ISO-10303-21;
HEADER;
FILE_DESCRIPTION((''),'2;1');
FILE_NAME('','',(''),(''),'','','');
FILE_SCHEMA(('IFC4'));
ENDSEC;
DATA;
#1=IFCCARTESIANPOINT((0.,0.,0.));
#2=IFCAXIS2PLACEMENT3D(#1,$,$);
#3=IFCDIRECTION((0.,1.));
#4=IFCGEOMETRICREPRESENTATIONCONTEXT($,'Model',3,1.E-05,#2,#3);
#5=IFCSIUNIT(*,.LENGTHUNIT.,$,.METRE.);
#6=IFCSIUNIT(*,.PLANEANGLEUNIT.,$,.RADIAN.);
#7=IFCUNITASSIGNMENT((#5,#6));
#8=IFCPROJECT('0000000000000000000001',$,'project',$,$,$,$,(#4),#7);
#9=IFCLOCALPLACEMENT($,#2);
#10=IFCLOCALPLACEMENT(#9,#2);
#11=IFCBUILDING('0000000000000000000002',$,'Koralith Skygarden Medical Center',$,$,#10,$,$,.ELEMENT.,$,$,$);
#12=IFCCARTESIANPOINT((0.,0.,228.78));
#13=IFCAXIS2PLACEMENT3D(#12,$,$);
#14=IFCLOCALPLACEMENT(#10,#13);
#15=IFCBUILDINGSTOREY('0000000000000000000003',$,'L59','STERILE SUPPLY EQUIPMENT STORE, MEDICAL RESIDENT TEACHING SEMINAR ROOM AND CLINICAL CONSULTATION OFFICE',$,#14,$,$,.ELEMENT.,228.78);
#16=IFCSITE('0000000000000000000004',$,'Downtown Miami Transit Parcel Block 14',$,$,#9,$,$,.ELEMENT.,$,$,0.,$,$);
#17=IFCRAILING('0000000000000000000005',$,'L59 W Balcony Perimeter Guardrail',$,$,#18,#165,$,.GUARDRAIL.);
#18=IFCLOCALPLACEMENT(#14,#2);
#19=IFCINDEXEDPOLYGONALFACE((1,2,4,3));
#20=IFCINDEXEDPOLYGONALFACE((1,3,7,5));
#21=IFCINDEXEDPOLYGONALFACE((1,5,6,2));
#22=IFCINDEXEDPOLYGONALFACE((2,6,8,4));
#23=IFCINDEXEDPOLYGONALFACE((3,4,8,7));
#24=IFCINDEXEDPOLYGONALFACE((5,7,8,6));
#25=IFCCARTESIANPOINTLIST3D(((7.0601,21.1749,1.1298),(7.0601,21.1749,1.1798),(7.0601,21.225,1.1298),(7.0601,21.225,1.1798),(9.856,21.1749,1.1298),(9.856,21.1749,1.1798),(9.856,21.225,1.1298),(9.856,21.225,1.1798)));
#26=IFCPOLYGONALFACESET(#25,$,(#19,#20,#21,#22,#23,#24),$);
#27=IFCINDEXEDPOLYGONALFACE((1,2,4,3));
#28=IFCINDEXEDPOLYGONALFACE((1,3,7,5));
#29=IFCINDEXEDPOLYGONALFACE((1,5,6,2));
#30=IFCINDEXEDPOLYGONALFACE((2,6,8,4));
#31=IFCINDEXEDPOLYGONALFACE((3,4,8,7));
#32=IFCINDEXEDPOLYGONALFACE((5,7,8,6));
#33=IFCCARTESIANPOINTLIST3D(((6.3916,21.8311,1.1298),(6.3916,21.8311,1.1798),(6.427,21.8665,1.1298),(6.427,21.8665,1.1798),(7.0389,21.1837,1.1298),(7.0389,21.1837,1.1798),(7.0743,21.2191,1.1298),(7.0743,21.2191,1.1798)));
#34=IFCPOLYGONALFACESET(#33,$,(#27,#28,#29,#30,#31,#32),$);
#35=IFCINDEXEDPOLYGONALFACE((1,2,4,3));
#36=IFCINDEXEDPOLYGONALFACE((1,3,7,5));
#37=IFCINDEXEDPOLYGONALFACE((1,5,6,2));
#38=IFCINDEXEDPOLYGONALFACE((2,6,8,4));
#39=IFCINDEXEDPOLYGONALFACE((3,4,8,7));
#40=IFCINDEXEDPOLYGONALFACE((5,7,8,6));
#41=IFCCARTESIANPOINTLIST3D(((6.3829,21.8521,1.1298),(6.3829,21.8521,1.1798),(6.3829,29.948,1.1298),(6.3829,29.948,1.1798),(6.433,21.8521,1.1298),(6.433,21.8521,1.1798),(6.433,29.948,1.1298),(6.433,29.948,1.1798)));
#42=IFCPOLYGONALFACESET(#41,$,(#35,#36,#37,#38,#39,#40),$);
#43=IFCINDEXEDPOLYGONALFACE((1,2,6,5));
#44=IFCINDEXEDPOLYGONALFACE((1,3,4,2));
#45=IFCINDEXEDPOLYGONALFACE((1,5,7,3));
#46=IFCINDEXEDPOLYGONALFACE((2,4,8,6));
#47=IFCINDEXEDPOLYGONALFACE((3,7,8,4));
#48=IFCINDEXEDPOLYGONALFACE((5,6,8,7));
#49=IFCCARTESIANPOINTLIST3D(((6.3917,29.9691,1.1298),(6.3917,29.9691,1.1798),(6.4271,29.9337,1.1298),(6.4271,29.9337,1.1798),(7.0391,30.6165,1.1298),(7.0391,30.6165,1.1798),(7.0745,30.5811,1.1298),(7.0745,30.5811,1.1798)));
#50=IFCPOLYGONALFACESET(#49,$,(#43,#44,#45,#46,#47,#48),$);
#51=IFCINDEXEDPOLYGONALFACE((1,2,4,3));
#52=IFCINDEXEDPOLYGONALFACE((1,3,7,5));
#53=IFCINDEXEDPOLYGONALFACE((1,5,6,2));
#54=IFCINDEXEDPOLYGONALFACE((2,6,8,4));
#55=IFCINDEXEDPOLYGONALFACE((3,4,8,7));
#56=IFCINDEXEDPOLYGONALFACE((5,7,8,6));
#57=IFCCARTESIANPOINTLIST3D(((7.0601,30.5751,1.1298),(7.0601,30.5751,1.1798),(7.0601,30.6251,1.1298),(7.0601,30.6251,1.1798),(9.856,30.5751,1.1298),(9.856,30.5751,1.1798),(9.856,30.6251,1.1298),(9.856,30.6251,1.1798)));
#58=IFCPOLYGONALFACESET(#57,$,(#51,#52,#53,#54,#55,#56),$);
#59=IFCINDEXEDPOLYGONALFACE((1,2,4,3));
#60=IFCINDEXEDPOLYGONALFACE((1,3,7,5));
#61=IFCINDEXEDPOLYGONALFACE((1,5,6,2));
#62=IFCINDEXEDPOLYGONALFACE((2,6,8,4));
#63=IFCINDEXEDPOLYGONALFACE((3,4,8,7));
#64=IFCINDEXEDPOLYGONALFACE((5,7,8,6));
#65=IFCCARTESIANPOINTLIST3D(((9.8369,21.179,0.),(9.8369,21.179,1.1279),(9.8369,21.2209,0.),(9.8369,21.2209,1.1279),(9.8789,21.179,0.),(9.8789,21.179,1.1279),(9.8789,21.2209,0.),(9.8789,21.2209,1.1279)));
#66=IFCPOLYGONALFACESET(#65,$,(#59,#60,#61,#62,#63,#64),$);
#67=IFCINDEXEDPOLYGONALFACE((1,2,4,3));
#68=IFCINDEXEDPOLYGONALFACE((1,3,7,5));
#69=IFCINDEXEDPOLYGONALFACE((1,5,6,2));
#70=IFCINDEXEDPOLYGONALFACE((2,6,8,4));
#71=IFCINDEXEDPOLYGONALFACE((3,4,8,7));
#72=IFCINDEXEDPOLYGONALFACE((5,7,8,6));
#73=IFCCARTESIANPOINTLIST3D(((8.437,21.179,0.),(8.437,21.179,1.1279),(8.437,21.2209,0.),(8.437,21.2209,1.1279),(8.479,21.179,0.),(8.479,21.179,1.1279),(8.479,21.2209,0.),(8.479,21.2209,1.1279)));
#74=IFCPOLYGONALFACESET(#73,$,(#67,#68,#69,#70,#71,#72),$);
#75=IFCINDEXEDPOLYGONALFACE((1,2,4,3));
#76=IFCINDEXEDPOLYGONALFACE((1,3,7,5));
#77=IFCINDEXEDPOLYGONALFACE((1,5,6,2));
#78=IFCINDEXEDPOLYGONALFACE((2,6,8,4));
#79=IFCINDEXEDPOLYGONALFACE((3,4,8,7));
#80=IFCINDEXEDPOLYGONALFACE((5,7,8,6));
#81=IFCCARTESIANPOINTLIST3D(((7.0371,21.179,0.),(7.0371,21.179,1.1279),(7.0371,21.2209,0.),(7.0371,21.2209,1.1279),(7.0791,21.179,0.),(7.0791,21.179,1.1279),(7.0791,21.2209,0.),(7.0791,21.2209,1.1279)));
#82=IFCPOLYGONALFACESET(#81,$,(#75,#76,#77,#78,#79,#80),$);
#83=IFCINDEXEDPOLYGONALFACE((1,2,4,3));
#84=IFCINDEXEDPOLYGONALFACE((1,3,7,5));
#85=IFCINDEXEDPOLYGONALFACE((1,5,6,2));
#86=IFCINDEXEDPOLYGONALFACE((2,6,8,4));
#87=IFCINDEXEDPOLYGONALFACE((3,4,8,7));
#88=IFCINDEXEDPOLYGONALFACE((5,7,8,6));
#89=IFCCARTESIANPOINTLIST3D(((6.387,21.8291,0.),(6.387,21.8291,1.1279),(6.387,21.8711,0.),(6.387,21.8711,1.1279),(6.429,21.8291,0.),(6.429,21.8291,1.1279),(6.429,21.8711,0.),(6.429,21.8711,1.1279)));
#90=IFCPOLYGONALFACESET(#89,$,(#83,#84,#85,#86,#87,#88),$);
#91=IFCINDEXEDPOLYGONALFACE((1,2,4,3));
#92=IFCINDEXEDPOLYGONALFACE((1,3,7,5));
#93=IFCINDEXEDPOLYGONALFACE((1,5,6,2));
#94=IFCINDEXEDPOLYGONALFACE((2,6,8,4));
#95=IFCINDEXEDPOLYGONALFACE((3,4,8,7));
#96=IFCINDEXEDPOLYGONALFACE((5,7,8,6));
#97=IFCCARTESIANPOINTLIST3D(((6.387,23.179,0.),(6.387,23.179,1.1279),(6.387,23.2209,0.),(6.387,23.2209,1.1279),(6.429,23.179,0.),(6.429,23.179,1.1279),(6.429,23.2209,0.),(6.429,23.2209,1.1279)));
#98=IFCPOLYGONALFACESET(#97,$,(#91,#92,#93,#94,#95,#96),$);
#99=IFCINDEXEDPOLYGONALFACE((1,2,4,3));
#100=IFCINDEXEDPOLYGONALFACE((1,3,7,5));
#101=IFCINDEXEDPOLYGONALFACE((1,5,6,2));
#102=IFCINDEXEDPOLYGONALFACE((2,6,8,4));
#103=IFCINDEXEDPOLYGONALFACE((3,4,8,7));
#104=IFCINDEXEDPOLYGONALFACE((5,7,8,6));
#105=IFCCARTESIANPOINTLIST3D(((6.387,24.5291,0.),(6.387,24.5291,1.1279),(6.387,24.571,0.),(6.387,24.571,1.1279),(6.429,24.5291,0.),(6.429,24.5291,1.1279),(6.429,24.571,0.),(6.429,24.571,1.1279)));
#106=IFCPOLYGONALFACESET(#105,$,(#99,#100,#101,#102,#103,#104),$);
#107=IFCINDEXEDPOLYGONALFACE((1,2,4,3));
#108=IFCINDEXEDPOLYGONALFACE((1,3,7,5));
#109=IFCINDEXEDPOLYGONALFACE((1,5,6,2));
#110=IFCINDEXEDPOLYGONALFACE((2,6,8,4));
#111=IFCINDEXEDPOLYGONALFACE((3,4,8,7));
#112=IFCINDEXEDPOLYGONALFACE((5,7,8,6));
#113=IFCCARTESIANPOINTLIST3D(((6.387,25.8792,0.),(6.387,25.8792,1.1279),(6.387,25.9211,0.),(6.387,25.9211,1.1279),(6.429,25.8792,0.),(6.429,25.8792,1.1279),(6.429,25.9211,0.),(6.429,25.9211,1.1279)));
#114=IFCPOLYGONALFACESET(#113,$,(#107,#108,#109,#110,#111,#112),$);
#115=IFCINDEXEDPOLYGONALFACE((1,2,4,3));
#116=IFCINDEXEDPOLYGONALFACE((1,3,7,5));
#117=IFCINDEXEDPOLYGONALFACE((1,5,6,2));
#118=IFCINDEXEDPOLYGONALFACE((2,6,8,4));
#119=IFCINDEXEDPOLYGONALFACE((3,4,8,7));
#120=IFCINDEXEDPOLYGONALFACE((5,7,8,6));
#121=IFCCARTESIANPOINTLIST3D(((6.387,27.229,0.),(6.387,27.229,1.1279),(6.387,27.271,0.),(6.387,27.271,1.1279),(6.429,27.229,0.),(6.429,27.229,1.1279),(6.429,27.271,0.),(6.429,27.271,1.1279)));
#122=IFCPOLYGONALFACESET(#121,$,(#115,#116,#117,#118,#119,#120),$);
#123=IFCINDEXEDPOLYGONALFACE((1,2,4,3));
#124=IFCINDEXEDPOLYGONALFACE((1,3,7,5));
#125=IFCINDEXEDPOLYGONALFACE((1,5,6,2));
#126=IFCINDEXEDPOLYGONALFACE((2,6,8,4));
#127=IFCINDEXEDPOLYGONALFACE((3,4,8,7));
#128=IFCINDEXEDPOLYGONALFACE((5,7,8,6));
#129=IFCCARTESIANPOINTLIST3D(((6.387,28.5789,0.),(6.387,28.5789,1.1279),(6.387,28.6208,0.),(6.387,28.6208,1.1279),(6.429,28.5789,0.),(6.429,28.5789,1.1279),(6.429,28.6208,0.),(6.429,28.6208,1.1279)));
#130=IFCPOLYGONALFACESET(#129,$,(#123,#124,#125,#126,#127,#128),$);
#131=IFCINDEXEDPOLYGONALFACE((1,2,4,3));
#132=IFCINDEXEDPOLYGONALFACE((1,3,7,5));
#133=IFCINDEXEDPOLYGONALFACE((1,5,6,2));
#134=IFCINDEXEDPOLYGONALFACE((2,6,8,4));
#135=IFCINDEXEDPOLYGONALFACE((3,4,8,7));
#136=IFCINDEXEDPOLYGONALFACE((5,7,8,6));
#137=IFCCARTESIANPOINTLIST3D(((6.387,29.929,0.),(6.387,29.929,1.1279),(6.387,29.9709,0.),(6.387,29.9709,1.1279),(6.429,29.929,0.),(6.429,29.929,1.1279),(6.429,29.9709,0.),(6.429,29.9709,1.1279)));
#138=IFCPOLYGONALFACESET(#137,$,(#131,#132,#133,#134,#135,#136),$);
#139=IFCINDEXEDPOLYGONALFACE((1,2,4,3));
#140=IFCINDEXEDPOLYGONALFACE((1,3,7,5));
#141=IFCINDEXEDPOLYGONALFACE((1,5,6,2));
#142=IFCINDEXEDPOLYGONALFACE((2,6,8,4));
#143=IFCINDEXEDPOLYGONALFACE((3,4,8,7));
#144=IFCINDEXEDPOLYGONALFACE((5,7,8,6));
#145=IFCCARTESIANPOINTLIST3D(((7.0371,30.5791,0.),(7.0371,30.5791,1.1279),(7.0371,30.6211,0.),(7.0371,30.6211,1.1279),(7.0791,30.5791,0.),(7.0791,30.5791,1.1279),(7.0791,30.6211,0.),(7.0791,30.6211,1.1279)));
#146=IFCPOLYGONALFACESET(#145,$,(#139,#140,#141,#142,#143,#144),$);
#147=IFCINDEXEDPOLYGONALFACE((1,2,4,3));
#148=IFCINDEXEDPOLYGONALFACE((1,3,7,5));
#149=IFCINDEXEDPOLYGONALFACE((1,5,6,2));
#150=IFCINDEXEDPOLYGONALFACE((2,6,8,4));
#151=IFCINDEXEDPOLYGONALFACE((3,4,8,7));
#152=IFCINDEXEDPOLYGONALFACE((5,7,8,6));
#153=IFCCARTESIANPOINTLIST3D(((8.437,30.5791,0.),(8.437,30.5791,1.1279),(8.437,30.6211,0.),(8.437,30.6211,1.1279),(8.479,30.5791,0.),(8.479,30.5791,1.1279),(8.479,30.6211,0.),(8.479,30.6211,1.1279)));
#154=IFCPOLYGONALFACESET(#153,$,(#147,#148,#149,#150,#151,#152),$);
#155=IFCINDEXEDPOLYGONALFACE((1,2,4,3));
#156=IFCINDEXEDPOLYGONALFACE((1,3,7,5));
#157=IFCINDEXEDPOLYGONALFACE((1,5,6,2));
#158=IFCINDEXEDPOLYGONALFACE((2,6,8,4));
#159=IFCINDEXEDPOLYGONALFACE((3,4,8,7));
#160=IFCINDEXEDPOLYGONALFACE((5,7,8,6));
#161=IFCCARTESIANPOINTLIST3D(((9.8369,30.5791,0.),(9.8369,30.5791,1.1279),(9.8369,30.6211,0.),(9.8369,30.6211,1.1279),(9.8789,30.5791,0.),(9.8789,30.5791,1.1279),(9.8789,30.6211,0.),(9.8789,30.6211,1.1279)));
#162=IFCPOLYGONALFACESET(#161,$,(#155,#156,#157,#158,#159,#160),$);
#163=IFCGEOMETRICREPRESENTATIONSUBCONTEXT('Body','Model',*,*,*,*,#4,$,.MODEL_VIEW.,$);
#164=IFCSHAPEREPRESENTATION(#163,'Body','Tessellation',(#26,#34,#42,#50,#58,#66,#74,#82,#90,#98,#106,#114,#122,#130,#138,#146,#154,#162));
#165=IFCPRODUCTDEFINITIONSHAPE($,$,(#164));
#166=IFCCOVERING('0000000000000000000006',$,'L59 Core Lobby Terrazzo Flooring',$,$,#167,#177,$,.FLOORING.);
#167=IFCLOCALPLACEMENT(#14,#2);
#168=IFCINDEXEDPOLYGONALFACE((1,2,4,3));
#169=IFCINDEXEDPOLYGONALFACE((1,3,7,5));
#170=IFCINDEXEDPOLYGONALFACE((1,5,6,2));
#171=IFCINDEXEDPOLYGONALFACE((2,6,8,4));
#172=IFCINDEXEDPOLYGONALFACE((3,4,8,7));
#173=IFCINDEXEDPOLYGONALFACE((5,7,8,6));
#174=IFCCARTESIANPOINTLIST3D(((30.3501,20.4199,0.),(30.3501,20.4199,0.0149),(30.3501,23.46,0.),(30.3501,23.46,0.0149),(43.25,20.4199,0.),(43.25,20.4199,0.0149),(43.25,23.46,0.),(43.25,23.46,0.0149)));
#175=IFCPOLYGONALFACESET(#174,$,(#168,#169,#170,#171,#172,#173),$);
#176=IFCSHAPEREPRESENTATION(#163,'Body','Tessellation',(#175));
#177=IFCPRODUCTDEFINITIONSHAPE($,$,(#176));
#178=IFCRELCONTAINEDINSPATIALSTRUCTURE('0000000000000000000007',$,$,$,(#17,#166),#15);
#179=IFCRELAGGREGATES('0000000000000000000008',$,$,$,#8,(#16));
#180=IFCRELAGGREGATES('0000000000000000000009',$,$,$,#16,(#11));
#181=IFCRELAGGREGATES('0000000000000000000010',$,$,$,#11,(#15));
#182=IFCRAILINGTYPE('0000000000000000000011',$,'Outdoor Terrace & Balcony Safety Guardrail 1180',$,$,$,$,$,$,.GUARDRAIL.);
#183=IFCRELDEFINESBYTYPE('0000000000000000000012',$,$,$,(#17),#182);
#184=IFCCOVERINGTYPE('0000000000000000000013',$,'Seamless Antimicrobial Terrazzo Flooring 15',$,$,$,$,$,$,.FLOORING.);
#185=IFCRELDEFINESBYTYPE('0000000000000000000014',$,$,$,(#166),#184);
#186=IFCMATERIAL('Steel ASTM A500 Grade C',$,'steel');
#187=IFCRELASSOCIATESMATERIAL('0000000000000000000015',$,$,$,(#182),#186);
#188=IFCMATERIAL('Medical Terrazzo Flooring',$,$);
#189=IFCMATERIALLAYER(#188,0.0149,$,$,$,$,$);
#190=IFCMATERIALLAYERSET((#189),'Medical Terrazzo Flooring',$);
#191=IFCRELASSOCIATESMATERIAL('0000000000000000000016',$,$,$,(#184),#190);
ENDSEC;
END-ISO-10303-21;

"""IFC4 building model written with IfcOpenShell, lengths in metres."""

from ifc_helpers import new_model, si_unit, direction, frame, origin, origin_2d, place, context, subcontext, project, spatial, polyline, rectangle, outline, extrude, material, layer, layer_set, type_object, element, save


model = new_model("IFC4")

# Units and contexts
model_context = context("Model", 3, precision=1e-05, world=origin(), true_north=direction((0.0, 1.0)))
body_context = subcontext(model_context, "Body", "Model", "MODEL_VIEW")
ifc_project = project(units=[si_unit("LENGTHUNIT", "METRE"), si_unit("PLANEANGLEUNIT", "RADIAN")], contexts=[model_context])

# Site, building, storey
site_placement = place(None, origin())
site = spatial("IfcSite", under=ifc_project, at=site_placement, Name="Downtown Miami Transit Parcel Block 14", CompositionType="ELEMENT", RefElevation=0.0)
building_placement = place(site_placement, origin())
building = spatial("IfcBuilding", under=site, at=building_placement, Name="Koralith Skygarden Medical Center", CompositionType="ELEMENT")
storey_placement = place(building_placement, frame((0.0, 0.0, 228.78)))
storey = spatial("IfcBuildingStorey", under=building, at=storey_placement, Name="L59", Description="STERILE SUPPLY EQUIPMENT STORE, MEDICAL RESIDENT TEACHING SEMINAR ROOM AND CLINICAL CONSULTATION OFFICE", CompositionType="ELEMENT", Elevation=228.78)

# Railing
ifc_material_1 = material(Name="Steel ASTM A500 Grade C", Category="steel")
railing_type = type_object("IfcRailingType", Name="Outdoor Terrace & Balcony Safety Guardrail 1180", PredefinedType="GUARDRAIL", material=ifc_material_1)
railing_placement = place(storey_placement, frame((9.8579, 21.2, 0.0)))
element("IfcRailing", 1, at=railing_placement, inside=storey, type_object=railing_type, Name="L59 W Balcony Perimeter Guardrail", PredefinedType="GUARDRAIL", context=body_context, shape_type="SweptSolid", body=[
    extrude(rectangle(XDim=0.05, YDim=0.05, at=origin_2d()), frame((-0.002, 0.0, 1.1548), z_axis=(-1.0, 0.0, 0.0), x_axis=(0.0, -1.0, 0.0)), (0.0, 0.0, 1.0), 2.7959),
    extrude(rectangle(XDim=0.05, YDim=0.05, at=origin_2d()), frame((-2.8013, 0.0015, 1.1548), z_axis=(-0.707107, 0.707107, 0.0), x_axis=(-0.707107, -0.707107, 0.0)), (0.0, 0.0, 1.0), 0.9155),
    extrude(rectangle(XDim=0.05, YDim=0.05, at=origin_2d()), frame((-3.45, 0.6521, 1.1548), z_axis=(0.0, 1.0, 0.0), x_axis=(-1.0, 0.0, 0.0)), (0.0, 0.0, 1.0), 8.0959),
    extrude(rectangle(XDim=0.05, YDim=0.05, at=origin_2d()), frame((-3.4485, 8.7515, 1.1548), z_axis=(0.707107, 0.707107, 0.0), x_axis=(-0.707107, 0.707107, 0.0)), (0.0, 0.0, 1.0), 0.9155),
    extrude(rectangle(XDim=0.05, YDim=0.05, at=origin_2d()), frame((-2.7979, 9.4001, 1.1548), z_axis=(1.0, 0.0, 0.0), x_axis=(0.0, 1.0, 0.0)), (0.0, 0.0, 1.0), 2.7959),
    extrude(rectangle(XDim=0.042, YDim=0.042, at=origin_2d()), origin(), (0.0, 0.0, 1.0), 1.1279),
    extrude(rectangle(XDim=0.042, YDim=0.042, at=origin_2d()), frame((-1.3999, 0.0, 0.0)), (0.0, 0.0, 1.0), 1.1279),
    extrude(rectangle(XDim=0.042, YDim=0.042, at=origin_2d()), frame((-2.7998, 0.0, 0.0)), (0.0, 0.0, 1.0), 1.1279),
    extrude(rectangle(XDim=0.042, YDim=0.042, at=origin_2d()), frame((-3.45, 0.6501, 0.0)), (0.0, 0.0, 1.0), 1.1279),
    extrude(rectangle(XDim=0.042, YDim=0.042, at=origin_2d()), frame((-3.45, 2.0, 0.0)), (0.0, 0.0, 1.0), 1.1279),
    extrude(rectangle(XDim=0.042, YDim=0.042, at=origin_2d()), frame((-3.45, 3.3501, 0.0)), (0.0, 0.0, 1.0), 1.1279),
    extrude(rectangle(XDim=0.042, YDim=0.042, at=origin_2d()), frame((-3.45, 4.7002, 0.0)), (0.0, 0.0, 1.0), 1.1279),
    extrude(rectangle(XDim=0.042, YDim=0.042, at=origin_2d()), frame((-3.45, 6.05, 0.0)), (0.0, 0.0, 1.0), 1.1279),
    extrude(rectangle(XDim=0.042, YDim=0.042, at=origin_2d()), frame((-3.45, 7.3999, 0.0)), (0.0, 0.0, 1.0), 1.1279),
    extrude(rectangle(XDim=0.042, YDim=0.042, at=origin_2d()), frame((-3.45, 8.75, 0.0)), (0.0, 0.0, 1.0), 1.1279),
    extrude(rectangle(XDim=0.042, YDim=0.042, at=origin_2d()), frame((-2.7998, 9.4001, 0.0)), (0.0, 0.0, 1.0), 1.1279),
    extrude(rectangle(XDim=0.042, YDim=0.042, at=origin_2d()), frame((-1.3999, 9.4001, 0.0)), (0.0, 0.0, 1.0), 1.1279),
    extrude(rectangle(XDim=0.042, YDim=0.042, at=origin_2d()), frame((0.0, 9.4001, 0.0)), (0.0, 0.0, 1.0), 1.1279),
])

# Covering
ifc_material_2 = material(Name="Medical Terrazzo Flooring")
ifc_layer_1 = layer(ifc_material_2, 0.0149)
ifc_layer_set_1 = layer_set([ifc_layer_1], Name="Medical Terrazzo Flooring")
covering_type_1 = type_object("IfcCoveringType", Name="Seamless Antimicrobial Terrazzo Flooring 15", PredefinedType="FLOORING", material=ifc_layer_set_1)
covering_1_placement = place(storey_placement, origin())
element("IfcCovering", 2, at=covering_1_placement, inside=storey, type_object=covering_type_1, Name="L59 Core Lobby Terrazzo Flooring", PredefinedType="FLOORING", context=body_context, shape_type="SweptSolid", body=[
    extrude(outline(polyline([(30.3501, 20.4199), (43.25, 20.4199), (43.25, 23.46), (30.3501, 23.46), (30.3501, 20.4199)])), origin(), (0.0, 0.0, 1.0), 0.0149),
])

save(model, "model.ifc")
